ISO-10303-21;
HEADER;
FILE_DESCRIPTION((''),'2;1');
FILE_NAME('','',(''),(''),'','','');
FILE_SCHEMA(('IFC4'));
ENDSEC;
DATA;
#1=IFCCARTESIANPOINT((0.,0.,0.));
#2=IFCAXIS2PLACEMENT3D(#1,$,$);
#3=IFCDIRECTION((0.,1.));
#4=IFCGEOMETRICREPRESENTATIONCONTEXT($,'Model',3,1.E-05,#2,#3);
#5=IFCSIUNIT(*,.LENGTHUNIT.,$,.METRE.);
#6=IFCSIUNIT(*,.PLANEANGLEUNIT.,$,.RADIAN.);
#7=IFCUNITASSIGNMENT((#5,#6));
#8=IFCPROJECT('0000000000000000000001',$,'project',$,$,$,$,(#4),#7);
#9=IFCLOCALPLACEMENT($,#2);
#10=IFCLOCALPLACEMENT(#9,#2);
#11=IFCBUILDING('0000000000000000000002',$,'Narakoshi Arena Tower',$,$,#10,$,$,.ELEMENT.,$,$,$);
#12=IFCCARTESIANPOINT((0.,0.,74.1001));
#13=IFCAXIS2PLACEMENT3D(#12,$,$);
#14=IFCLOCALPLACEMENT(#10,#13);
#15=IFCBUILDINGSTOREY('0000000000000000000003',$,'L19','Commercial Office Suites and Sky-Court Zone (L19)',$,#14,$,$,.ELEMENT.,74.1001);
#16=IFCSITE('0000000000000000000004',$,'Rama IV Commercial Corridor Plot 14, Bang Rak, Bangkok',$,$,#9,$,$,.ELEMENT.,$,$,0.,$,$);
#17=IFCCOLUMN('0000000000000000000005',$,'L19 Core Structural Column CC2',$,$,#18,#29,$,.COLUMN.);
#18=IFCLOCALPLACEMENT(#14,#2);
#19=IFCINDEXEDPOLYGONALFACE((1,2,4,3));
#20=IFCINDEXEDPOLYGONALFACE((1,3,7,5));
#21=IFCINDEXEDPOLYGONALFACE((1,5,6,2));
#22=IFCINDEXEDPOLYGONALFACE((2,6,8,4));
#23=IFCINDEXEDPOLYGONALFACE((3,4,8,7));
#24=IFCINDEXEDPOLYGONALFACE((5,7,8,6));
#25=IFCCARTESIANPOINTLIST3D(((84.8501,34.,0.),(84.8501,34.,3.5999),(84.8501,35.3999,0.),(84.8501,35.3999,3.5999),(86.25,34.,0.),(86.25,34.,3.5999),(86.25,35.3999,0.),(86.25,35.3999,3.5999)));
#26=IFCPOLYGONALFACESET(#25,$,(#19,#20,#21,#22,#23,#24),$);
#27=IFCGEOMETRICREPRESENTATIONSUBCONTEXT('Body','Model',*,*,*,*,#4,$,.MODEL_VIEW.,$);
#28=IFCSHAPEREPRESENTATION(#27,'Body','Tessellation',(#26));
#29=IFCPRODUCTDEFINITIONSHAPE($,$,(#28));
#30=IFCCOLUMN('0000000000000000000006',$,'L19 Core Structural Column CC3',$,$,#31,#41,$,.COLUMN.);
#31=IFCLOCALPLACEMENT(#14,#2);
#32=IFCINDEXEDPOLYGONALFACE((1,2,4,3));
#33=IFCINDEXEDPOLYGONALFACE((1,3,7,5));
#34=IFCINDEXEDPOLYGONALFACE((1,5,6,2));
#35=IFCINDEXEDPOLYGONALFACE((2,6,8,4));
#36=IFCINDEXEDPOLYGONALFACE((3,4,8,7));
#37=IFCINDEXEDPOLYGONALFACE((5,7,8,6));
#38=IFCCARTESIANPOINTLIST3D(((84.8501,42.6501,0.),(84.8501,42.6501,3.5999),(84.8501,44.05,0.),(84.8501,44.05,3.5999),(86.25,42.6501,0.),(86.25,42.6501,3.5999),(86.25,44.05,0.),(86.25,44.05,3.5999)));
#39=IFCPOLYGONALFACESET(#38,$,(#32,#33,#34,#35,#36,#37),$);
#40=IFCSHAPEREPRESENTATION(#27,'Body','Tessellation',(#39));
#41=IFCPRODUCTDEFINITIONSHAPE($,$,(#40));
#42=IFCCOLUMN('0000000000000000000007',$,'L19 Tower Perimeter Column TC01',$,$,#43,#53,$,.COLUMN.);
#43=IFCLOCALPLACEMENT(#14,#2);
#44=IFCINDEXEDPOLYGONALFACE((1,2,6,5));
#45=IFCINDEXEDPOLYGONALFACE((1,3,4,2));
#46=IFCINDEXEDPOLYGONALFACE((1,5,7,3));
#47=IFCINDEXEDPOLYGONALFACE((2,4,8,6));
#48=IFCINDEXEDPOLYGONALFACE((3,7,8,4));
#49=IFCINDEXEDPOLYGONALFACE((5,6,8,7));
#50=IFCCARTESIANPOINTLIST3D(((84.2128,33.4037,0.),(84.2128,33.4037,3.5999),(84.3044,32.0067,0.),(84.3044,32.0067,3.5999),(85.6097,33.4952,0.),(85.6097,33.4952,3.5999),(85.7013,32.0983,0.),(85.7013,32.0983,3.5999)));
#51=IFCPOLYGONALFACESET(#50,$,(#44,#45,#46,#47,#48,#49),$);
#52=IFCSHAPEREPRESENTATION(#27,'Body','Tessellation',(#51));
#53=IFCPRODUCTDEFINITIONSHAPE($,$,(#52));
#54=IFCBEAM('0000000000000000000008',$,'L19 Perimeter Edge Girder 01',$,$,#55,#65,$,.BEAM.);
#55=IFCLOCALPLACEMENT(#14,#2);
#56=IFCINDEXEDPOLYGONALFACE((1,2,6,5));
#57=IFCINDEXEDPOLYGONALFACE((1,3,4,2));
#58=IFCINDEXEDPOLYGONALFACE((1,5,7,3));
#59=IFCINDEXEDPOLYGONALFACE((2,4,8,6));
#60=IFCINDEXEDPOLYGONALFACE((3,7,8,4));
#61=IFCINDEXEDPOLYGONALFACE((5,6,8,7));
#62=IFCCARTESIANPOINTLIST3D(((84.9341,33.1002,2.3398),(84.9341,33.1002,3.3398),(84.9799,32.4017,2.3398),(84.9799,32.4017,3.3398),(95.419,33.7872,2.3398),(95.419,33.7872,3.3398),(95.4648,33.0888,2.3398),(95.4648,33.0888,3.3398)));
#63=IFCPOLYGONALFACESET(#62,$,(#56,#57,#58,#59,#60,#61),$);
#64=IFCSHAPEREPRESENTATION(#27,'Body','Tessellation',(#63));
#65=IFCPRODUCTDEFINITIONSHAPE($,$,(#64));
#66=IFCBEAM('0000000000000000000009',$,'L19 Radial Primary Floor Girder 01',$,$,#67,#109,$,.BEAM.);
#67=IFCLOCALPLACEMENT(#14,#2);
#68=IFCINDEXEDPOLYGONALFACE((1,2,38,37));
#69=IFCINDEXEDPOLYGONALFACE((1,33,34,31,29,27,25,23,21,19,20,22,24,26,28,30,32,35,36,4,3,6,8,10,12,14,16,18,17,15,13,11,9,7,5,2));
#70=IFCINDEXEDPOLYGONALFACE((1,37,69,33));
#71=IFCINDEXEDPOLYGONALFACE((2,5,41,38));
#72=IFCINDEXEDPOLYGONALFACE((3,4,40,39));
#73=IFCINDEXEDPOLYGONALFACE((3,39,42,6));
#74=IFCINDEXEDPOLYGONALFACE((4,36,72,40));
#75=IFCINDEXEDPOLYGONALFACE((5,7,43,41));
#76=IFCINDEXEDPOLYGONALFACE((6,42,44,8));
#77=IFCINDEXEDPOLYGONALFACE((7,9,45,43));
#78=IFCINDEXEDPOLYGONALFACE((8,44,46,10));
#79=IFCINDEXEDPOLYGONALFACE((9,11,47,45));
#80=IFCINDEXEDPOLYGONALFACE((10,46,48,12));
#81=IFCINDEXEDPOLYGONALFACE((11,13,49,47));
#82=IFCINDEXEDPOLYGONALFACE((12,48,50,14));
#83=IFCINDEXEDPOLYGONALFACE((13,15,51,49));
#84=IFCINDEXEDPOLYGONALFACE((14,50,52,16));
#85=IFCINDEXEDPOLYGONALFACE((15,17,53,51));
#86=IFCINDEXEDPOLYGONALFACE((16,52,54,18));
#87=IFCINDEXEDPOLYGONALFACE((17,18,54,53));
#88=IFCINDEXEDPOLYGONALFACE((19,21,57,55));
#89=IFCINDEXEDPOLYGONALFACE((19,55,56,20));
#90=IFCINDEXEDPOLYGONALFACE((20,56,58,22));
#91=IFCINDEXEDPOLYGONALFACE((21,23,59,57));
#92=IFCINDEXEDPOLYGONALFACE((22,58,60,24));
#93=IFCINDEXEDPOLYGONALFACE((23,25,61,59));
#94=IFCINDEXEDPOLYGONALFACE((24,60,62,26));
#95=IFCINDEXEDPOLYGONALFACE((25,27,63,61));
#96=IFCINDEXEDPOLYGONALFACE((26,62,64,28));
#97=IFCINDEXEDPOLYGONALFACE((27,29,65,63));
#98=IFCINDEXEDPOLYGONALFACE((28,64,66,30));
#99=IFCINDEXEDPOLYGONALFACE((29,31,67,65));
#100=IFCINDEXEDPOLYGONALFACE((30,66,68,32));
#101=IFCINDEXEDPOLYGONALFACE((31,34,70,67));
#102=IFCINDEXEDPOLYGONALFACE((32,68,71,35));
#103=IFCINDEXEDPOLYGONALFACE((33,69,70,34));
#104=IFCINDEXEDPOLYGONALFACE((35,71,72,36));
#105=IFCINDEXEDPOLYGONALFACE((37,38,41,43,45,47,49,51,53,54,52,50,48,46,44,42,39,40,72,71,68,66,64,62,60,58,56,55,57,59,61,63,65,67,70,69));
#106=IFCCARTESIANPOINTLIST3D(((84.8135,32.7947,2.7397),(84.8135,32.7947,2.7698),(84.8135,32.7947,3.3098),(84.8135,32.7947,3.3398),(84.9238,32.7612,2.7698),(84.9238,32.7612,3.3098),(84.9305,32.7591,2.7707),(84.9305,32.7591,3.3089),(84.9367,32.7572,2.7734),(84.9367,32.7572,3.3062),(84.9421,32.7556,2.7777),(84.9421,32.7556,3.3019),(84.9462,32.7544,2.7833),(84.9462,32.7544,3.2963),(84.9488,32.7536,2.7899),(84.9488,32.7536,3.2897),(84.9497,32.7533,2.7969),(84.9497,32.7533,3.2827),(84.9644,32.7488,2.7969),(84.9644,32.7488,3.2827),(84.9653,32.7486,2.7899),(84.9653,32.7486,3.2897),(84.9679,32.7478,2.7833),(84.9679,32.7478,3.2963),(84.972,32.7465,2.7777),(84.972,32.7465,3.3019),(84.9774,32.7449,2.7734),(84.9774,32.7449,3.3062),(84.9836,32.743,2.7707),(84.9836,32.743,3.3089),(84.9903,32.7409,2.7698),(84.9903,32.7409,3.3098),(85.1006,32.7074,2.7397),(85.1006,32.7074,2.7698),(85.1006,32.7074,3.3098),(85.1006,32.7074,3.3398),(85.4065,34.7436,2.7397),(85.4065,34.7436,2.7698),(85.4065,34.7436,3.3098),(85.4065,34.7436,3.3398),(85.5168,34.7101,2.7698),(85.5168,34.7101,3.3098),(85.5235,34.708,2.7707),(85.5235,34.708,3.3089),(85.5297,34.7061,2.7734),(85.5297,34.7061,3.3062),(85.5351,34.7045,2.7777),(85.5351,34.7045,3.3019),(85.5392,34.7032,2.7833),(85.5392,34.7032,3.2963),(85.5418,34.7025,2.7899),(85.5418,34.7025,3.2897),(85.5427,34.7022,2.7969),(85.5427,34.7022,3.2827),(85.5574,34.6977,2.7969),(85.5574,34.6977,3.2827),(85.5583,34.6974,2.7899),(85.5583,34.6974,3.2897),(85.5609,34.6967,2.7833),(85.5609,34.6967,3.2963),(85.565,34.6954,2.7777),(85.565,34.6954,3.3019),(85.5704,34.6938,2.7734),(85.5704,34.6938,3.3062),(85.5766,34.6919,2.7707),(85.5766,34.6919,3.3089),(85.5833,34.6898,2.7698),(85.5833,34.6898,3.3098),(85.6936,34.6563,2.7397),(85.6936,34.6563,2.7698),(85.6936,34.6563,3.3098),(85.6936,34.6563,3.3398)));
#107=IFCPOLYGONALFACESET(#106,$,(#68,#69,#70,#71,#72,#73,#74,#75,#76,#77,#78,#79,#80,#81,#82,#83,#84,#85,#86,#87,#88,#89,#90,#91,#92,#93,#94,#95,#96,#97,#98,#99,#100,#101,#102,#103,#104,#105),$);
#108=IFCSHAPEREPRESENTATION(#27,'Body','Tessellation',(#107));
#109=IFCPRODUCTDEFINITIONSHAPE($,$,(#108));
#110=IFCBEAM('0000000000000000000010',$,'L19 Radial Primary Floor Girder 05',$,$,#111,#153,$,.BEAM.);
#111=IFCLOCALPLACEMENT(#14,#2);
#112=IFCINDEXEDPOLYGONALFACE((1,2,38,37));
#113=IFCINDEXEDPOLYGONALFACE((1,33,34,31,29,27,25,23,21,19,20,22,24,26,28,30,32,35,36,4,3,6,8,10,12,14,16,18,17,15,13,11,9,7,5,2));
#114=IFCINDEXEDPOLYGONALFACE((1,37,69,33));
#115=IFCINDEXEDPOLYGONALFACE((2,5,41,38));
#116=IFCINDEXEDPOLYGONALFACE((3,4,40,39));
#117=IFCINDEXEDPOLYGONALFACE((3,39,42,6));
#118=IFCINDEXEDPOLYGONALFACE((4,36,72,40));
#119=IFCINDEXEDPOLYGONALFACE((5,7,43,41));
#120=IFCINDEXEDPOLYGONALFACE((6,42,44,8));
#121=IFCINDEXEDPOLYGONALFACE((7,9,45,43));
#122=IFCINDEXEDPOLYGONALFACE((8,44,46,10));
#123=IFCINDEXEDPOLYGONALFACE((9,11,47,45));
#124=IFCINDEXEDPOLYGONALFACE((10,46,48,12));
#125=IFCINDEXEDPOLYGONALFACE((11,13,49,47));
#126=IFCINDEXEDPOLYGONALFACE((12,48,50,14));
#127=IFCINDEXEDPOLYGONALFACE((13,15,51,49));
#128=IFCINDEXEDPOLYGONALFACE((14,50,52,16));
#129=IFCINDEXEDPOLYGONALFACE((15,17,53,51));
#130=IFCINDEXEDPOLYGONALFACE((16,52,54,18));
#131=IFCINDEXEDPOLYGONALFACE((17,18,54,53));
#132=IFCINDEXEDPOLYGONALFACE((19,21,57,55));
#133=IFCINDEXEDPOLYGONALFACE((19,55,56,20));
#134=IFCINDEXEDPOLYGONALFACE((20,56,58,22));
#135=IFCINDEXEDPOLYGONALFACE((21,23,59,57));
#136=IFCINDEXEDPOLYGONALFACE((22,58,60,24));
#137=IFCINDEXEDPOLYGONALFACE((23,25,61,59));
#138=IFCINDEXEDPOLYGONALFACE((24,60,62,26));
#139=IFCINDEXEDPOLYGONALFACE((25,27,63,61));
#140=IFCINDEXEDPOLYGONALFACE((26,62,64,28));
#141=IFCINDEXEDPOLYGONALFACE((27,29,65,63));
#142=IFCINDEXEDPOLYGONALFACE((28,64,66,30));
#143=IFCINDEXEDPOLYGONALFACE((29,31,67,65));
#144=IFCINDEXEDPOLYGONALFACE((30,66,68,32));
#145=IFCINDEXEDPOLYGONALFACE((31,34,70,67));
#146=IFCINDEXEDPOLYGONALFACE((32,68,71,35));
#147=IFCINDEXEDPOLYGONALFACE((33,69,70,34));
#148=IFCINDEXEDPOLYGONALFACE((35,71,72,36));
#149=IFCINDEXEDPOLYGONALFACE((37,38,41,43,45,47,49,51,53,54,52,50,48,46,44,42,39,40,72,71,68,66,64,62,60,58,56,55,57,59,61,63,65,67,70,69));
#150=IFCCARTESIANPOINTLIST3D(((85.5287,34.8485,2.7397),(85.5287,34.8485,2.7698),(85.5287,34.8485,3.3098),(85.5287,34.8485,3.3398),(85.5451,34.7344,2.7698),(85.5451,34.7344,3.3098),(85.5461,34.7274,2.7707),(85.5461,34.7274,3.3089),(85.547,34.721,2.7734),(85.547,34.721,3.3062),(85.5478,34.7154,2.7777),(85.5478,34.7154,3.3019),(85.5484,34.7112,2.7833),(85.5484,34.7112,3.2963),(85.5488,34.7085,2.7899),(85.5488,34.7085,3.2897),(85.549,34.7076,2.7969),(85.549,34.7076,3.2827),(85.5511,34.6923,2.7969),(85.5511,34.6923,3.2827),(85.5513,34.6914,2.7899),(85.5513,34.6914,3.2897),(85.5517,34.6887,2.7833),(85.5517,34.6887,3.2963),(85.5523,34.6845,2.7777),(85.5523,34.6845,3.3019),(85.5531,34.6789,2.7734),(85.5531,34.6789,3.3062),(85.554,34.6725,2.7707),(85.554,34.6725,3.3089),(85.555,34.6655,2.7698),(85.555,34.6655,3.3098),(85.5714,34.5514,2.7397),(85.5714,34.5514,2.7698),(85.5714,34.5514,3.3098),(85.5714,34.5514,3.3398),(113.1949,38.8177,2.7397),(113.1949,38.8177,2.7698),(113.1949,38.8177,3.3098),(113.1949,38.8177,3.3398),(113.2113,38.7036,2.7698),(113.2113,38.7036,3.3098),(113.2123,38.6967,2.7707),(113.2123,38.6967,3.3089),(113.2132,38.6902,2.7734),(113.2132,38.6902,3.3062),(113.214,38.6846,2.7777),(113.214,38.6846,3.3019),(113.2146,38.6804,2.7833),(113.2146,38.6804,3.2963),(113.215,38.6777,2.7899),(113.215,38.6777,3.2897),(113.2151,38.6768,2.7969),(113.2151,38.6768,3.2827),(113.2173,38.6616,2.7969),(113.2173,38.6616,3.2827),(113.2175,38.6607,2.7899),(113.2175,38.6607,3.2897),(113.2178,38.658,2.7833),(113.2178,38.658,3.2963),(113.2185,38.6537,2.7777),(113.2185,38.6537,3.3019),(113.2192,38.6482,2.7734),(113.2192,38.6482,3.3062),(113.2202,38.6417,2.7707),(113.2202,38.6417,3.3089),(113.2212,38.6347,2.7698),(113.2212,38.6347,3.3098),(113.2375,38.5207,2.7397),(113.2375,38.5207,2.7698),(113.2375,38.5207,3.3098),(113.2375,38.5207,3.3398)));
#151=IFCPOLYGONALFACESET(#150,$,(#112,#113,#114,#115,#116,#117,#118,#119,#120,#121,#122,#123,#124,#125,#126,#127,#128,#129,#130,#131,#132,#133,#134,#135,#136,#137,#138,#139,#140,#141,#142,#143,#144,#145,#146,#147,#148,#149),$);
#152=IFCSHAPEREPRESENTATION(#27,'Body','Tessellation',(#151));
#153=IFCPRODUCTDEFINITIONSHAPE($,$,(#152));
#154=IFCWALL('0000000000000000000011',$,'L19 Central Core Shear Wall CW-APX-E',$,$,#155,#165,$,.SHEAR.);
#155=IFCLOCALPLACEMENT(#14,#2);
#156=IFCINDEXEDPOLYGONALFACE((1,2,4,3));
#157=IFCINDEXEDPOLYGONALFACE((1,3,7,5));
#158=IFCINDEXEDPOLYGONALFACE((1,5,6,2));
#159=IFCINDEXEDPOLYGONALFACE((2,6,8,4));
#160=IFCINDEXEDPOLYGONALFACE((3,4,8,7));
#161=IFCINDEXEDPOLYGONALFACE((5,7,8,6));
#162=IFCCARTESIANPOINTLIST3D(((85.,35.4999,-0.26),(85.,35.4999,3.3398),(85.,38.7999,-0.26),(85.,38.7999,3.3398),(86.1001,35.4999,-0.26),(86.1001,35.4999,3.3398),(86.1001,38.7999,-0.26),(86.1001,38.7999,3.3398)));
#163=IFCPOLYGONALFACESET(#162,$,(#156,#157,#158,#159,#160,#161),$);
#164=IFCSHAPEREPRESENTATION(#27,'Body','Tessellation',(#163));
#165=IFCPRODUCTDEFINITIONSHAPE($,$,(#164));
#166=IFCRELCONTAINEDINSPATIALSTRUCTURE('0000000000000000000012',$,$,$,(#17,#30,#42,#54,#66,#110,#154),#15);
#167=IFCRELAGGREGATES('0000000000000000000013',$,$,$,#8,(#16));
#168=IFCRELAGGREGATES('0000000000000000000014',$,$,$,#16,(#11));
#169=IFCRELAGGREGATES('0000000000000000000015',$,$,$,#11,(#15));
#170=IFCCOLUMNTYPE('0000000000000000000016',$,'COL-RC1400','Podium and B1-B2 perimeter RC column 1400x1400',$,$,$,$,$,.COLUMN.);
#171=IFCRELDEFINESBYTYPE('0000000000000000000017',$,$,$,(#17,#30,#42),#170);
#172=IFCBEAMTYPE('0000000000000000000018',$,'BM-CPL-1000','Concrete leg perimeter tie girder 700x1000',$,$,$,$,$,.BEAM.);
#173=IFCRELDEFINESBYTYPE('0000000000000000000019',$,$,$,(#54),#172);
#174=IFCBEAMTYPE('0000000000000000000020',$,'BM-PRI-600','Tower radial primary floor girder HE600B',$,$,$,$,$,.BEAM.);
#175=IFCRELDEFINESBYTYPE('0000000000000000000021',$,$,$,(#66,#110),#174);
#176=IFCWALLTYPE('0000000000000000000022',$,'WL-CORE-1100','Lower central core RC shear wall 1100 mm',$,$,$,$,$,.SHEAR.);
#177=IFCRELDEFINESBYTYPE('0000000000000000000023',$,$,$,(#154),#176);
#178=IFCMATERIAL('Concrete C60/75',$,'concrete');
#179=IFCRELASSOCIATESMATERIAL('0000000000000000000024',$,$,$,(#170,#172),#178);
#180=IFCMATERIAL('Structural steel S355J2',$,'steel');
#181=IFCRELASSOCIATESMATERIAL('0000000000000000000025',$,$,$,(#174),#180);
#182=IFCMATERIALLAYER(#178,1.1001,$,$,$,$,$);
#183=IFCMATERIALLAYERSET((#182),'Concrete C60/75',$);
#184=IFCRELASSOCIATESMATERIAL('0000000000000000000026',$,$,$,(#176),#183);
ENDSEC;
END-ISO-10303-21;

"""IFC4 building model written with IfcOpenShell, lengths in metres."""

from ifc_helpers import new_model, si_unit, direction, frame, frame_2d, origin, origin_2d, place, context, subcontext, project, spatial, rectangle, i_section, extrude, material, layer, layer_set, material_profile, profile_set, type_object, element, save


model = new_model("IFC4")

# Units and contexts
model_context = context("Model", 3, precision=1e-05, world=origin(), true_north=direction((0.0, 1.0)))
body_context = subcontext(model_context, "Body", "Model", "MODEL_VIEW")
ifc_project = project(units=[si_unit("LENGTHUNIT", "METRE"), si_unit("PLANEANGLEUNIT", "RADIAN")], contexts=[model_context])

# Site, building, storey
site_placement = place(None, origin())
site = spatial("IfcSite", under=ifc_project, at=site_placement, Name="Rama IV Commercial Corridor Plot 14, Bang Rak, Bangkok", CompositionType="ELEMENT", RefElevation=0.0)
building_placement = place(site_placement, origin())
building = spatial("IfcBuilding", under=site, at=building_placement, Name="Narakoshi Arena Tower", CompositionType="ELEMENT")
storey_placement = place(building_placement, frame((0.0, 0.0, 74.1001)))
storey = spatial("IfcBuildingStorey", under=building, at=storey_placement, Name="L19", Description="Commercial Office Suites and Sky-Court Zone (L19)", CompositionType="ELEMENT", Elevation=74.1001)

# Columns
ifc_material_1 = material(Name="Concrete C60/75", Category="concrete")
ifc_material_profile_1 = material_profile(ifc_material_1, rectangle(XDim=1.3999, YDim=1.3999, at=origin_2d()), Name="RC1400x1400")
ifc_profile_set_1 = profile_set([ifc_material_profile_1], Name="Concrete C60/75")
column_type = type_object("IfcColumnType", Name="COL-RC1400", Description="Podium and B1-B2 perimeter RC column 1400x1400", PredefinedType="COLUMN", material=ifc_profile_set_1)
for number, where, z_axis, x_axis, name in (
    (1, (85.55, 34.7, 0.0), (0.0, 0.0, 1.0), (1.0, 0.0, 0.0), "L19 Core Structural Column CC2"),
    (2, (85.55, 43.3501, 0.0), (0.0, 0.0, 1.0), (1.0, 0.0, 0.0), "L19 Core Structural Column CC3"),
    (3, (84.957, 32.751, 0.0), (0.0, 0.0, 1.0), (0.997859, 0.065403, 0.0), "L19 Tower Perimeter Column TC01"),
):
    element("IfcColumn", number, at=place(storey_placement, frame(where, z_axis=z_axis, x_axis=x_axis)), inside=storey, type_object=column_type, Name=name, PredefinedType="COLUMN", context=body_context, shape_type="SweptSolid", body=[
        extrude(rectangle(XDim=1.3999, YDim=1.3999, at=origin_2d()), origin(), (0.0, 0.0, 1.0), 3.5999),
    ])

# Beams
ifc_material_profile_2 = material_profile(ifc_material_1, rectangle(XDim=0.7, YDim=1.0, at=origin_2d()), Name="RCB700x1000")
ifc_profile_set_2 = profile_set([ifc_material_profile_2], Name="Concrete C60/75")
beam_type_1 = type_object("IfcBeamType", Name="BM-CPL-1000", Description="Concrete leg perimeter tie girder 700x1000", PredefinedType="BEAM", material=ifc_profile_set_2)
beam_1_placement = place(storey_placement, frame((84.957, 32.751, 2.8398), z_axis=(0.99786, 0.065384, 0.0), x_axis=(-0.065384, 0.99786, 0.0)))
element("IfcBeam", 4, at=beam_1_placement, inside=storey, type_object=beam_type_1, Name="L19 Perimeter Edge Girder 01", PredefinedType="BEAM", context=body_context, shape_type="SweptSolid", body=[
    extrude(rectangle(XDim=0.7, YDim=1.0, at=origin_2d()), origin(), (0.0, 0.0, 1.0), 10.5073),
])
ifc_material_2 = material(Name="Structural steel S355J2", Category="steel")
ifc_material_profile_3 = material_profile(ifc_material_2, i_section(OverallWidth=0.3, OverallDepth=0.6001, WebThickness=0.0154, FlangeThickness=0.03, FilletRadius=0.0271, at=origin_2d()), Name="HE600B")
ifc_profile_set_3 = profile_set([ifc_material_profile_3], Name="Structural steel S355J2")
beam_type_2 = type_object("IfcBeamType", Name="BM-PRI-600", Description="Tower radial primary floor girder HE600B", PredefinedType="BEAM", material=ifc_profile_set_3)
beam_2_placement = place(storey_placement, frame((85.55, 34.7, 3.0398), z_axis=(-0.291095, -0.956694, 0.0), x_axis=(0.956694, -0.291095, 0.0)))
element("IfcBeam", 5, at=beam_2_placement, inside=storey, type_object=beam_type_2, Name="L19 Radial Primary Floor Girder 01", PredefinedType="BEAM", context=body_context, shape_type="SweptSolid", body=[
    extrude(i_section(OverallWidth=0.3, OverallDepth=0.6001, WebThickness=0.0154, FlangeThickness=0.03, FilletRadius=0.0271, at=origin_2d()), origin(), (0.0, 0.0, 1.0), 2.0371),
])
beam_3_placement = place(storey_placement, frame((85.55, 34.7, 3.0398), z_axis=(0.989865, 0.142014, 0.0), x_axis=(-0.142014, 0.989865, 0.0)))
element("IfcBeam", 6, at=beam_3_placement, inside=storey, type_object=beam_type_2, Name="L19 Radial Primary Floor Girder 05", PredefinedType="BEAM", context=body_context, shape_type="SweptSolid", body=[
    extrude(i_section(OverallWidth=0.3, OverallDepth=0.6001, WebThickness=0.0154, FlangeThickness=0.03, FilletRadius=0.0271, at=origin_2d()), origin(), (0.0, 0.0, 1.0), 27.9495),
])

# Wall
ifc_layer_1 = layer(ifc_material_1, 1.1001)
ifc_layer_set_1 = layer_set([ifc_layer_1], Name="Concrete C60/75")
wall_type_1 = type_object("IfcWallType", Name="WL-CORE-1100", Description="Lower central core RC shear wall 1100 mm", PredefinedType="SHEAR", material=ifc_layer_set_1)
wall_1_placement = place(storey_placement, frame((85.55, 35.5, -0.26), z_axis=(0.0, 0.0, 1.0), x_axis=(0.0, 1.0, 0.0)))
element("IfcWall", 7, at=wall_1_placement, inside=storey, type_object=wall_type_1, Name="L19 Central Core Shear Wall CW-APX-E", PredefinedType="SHEAR", context=body_context, shape_type="SweptSolid", body=[
    extrude(rectangle(XDim=3.3, YDim=1.1001, at=frame_2d((1.6499, 0.0))), origin(), (0.0, 0.0, 1.0), 3.5999),
])

save(model, "model.ifc")
